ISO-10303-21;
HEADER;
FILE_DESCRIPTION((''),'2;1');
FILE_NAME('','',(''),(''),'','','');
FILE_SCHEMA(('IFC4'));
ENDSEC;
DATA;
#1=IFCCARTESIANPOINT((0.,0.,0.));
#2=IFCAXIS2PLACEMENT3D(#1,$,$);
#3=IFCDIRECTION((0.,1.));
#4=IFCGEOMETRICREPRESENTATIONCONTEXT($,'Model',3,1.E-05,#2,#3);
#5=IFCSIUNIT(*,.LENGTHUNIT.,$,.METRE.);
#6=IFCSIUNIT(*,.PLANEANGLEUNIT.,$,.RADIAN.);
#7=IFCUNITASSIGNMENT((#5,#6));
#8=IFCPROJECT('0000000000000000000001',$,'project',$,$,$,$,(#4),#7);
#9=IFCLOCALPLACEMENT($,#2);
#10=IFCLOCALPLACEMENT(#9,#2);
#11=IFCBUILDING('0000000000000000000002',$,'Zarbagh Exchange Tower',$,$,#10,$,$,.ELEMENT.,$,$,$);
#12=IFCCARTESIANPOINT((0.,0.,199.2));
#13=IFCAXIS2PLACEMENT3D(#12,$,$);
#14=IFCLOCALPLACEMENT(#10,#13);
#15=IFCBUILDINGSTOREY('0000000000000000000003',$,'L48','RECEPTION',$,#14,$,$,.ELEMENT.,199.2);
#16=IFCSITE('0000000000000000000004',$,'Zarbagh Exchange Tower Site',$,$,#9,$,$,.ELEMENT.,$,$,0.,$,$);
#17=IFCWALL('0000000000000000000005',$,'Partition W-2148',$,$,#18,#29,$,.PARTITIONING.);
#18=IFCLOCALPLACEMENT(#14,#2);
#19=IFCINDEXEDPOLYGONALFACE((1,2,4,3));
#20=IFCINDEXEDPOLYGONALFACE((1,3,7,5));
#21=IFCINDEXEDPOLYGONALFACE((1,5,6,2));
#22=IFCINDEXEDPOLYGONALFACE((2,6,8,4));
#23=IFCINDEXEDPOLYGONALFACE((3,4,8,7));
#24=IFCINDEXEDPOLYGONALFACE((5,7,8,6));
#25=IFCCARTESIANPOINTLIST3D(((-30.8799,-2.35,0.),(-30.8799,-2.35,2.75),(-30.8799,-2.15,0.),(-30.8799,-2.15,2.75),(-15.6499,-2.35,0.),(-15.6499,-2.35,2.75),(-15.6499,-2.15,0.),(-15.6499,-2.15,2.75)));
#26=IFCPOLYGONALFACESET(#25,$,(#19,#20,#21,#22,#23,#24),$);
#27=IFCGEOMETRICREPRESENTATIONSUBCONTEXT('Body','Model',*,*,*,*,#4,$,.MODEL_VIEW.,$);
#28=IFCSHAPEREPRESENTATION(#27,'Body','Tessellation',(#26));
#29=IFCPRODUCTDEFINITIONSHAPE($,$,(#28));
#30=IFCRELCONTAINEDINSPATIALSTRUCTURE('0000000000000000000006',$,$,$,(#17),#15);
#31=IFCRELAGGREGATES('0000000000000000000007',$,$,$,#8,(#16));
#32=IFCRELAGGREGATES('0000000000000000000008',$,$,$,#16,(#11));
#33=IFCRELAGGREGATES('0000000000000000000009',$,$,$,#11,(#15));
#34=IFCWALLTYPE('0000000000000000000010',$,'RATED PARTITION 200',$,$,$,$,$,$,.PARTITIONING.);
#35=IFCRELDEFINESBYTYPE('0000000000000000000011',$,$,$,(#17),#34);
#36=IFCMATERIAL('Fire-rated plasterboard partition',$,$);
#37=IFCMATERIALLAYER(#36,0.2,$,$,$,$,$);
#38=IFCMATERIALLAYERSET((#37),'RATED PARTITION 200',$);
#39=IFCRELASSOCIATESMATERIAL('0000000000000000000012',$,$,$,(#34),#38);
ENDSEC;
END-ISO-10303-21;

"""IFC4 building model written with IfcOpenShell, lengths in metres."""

from ifc_helpers import new_model, si_unit, direction, frame, frame_2d, origin, place, context, subcontext, project, spatial, rectangle, extrude, material, layer, layer_set, type_object, element, save


model = new_model("IFC4")

# Units and contexts
model_context = context("Model", 3, precision=1e-05, world=origin(), true_north=direction((0.0, 1.0)))
body_context = subcontext(model_context, "Body", "Model", "MODEL_VIEW")
ifc_project = project(units=[si_unit("LENGTHUNIT", "METRE"), si_unit("PLANEANGLEUNIT", "RADIAN")], contexts=[model_context])

# Site, building, storey
site_placement = place(None, origin())
site = spatial("IfcSite", under=ifc_project, at=site_placement, Name="Zarbagh Exchange Tower Site", CompositionType="ELEMENT", RefElevation=0.0)
building_placement = place(site_placement, origin())
building = spatial("IfcBuilding", under=site, at=building_placement, Name="Zarbagh Exchange Tower", CompositionType="ELEMENT")
storey_placement = place(building_placement, frame((0.0, 0.0, 199.2)))
storey = spatial("IfcBuildingStorey", under=building, at=storey_placement, Name="L48", Description="RECEPTION", CompositionType="ELEMENT", Elevation=199.2)

# Shared definitions
ifc_material_1 = material(Name="Fire-rated plasterboard partition")
ifc_layer = layer(ifc_material_1, 0.2)
ifc_layer_set = layer_set([ifc_layer], Name="RATED PARTITION 200")
wall_type = type_object("IfcWallType", Name="RATED PARTITION 200", PredefinedType="PARTITIONING", material=ifc_layer_set)

# Wall
wall_1_placement = place(storey_placement, frame((-30.8799, -2.25, 0.0), z_axis=(0.0, 0.0, 1.0), x_axis=(1.0, 0.0, 0.0)))
element("IfcWall", 1, at=wall_1_placement, inside=storey, type_object=wall_type, Name="Partition W-2148", PredefinedType="PARTITIONING", context=body_context, shape_type="SweptSolid", body=[
    extrude(rectangle(XDim=15.23, YDim=0.2, at=frame_2d((7.615, 0.0))), origin(), (0.0, 0.0, 1.0), 2.75),
])

save(model, "model.ifc")
